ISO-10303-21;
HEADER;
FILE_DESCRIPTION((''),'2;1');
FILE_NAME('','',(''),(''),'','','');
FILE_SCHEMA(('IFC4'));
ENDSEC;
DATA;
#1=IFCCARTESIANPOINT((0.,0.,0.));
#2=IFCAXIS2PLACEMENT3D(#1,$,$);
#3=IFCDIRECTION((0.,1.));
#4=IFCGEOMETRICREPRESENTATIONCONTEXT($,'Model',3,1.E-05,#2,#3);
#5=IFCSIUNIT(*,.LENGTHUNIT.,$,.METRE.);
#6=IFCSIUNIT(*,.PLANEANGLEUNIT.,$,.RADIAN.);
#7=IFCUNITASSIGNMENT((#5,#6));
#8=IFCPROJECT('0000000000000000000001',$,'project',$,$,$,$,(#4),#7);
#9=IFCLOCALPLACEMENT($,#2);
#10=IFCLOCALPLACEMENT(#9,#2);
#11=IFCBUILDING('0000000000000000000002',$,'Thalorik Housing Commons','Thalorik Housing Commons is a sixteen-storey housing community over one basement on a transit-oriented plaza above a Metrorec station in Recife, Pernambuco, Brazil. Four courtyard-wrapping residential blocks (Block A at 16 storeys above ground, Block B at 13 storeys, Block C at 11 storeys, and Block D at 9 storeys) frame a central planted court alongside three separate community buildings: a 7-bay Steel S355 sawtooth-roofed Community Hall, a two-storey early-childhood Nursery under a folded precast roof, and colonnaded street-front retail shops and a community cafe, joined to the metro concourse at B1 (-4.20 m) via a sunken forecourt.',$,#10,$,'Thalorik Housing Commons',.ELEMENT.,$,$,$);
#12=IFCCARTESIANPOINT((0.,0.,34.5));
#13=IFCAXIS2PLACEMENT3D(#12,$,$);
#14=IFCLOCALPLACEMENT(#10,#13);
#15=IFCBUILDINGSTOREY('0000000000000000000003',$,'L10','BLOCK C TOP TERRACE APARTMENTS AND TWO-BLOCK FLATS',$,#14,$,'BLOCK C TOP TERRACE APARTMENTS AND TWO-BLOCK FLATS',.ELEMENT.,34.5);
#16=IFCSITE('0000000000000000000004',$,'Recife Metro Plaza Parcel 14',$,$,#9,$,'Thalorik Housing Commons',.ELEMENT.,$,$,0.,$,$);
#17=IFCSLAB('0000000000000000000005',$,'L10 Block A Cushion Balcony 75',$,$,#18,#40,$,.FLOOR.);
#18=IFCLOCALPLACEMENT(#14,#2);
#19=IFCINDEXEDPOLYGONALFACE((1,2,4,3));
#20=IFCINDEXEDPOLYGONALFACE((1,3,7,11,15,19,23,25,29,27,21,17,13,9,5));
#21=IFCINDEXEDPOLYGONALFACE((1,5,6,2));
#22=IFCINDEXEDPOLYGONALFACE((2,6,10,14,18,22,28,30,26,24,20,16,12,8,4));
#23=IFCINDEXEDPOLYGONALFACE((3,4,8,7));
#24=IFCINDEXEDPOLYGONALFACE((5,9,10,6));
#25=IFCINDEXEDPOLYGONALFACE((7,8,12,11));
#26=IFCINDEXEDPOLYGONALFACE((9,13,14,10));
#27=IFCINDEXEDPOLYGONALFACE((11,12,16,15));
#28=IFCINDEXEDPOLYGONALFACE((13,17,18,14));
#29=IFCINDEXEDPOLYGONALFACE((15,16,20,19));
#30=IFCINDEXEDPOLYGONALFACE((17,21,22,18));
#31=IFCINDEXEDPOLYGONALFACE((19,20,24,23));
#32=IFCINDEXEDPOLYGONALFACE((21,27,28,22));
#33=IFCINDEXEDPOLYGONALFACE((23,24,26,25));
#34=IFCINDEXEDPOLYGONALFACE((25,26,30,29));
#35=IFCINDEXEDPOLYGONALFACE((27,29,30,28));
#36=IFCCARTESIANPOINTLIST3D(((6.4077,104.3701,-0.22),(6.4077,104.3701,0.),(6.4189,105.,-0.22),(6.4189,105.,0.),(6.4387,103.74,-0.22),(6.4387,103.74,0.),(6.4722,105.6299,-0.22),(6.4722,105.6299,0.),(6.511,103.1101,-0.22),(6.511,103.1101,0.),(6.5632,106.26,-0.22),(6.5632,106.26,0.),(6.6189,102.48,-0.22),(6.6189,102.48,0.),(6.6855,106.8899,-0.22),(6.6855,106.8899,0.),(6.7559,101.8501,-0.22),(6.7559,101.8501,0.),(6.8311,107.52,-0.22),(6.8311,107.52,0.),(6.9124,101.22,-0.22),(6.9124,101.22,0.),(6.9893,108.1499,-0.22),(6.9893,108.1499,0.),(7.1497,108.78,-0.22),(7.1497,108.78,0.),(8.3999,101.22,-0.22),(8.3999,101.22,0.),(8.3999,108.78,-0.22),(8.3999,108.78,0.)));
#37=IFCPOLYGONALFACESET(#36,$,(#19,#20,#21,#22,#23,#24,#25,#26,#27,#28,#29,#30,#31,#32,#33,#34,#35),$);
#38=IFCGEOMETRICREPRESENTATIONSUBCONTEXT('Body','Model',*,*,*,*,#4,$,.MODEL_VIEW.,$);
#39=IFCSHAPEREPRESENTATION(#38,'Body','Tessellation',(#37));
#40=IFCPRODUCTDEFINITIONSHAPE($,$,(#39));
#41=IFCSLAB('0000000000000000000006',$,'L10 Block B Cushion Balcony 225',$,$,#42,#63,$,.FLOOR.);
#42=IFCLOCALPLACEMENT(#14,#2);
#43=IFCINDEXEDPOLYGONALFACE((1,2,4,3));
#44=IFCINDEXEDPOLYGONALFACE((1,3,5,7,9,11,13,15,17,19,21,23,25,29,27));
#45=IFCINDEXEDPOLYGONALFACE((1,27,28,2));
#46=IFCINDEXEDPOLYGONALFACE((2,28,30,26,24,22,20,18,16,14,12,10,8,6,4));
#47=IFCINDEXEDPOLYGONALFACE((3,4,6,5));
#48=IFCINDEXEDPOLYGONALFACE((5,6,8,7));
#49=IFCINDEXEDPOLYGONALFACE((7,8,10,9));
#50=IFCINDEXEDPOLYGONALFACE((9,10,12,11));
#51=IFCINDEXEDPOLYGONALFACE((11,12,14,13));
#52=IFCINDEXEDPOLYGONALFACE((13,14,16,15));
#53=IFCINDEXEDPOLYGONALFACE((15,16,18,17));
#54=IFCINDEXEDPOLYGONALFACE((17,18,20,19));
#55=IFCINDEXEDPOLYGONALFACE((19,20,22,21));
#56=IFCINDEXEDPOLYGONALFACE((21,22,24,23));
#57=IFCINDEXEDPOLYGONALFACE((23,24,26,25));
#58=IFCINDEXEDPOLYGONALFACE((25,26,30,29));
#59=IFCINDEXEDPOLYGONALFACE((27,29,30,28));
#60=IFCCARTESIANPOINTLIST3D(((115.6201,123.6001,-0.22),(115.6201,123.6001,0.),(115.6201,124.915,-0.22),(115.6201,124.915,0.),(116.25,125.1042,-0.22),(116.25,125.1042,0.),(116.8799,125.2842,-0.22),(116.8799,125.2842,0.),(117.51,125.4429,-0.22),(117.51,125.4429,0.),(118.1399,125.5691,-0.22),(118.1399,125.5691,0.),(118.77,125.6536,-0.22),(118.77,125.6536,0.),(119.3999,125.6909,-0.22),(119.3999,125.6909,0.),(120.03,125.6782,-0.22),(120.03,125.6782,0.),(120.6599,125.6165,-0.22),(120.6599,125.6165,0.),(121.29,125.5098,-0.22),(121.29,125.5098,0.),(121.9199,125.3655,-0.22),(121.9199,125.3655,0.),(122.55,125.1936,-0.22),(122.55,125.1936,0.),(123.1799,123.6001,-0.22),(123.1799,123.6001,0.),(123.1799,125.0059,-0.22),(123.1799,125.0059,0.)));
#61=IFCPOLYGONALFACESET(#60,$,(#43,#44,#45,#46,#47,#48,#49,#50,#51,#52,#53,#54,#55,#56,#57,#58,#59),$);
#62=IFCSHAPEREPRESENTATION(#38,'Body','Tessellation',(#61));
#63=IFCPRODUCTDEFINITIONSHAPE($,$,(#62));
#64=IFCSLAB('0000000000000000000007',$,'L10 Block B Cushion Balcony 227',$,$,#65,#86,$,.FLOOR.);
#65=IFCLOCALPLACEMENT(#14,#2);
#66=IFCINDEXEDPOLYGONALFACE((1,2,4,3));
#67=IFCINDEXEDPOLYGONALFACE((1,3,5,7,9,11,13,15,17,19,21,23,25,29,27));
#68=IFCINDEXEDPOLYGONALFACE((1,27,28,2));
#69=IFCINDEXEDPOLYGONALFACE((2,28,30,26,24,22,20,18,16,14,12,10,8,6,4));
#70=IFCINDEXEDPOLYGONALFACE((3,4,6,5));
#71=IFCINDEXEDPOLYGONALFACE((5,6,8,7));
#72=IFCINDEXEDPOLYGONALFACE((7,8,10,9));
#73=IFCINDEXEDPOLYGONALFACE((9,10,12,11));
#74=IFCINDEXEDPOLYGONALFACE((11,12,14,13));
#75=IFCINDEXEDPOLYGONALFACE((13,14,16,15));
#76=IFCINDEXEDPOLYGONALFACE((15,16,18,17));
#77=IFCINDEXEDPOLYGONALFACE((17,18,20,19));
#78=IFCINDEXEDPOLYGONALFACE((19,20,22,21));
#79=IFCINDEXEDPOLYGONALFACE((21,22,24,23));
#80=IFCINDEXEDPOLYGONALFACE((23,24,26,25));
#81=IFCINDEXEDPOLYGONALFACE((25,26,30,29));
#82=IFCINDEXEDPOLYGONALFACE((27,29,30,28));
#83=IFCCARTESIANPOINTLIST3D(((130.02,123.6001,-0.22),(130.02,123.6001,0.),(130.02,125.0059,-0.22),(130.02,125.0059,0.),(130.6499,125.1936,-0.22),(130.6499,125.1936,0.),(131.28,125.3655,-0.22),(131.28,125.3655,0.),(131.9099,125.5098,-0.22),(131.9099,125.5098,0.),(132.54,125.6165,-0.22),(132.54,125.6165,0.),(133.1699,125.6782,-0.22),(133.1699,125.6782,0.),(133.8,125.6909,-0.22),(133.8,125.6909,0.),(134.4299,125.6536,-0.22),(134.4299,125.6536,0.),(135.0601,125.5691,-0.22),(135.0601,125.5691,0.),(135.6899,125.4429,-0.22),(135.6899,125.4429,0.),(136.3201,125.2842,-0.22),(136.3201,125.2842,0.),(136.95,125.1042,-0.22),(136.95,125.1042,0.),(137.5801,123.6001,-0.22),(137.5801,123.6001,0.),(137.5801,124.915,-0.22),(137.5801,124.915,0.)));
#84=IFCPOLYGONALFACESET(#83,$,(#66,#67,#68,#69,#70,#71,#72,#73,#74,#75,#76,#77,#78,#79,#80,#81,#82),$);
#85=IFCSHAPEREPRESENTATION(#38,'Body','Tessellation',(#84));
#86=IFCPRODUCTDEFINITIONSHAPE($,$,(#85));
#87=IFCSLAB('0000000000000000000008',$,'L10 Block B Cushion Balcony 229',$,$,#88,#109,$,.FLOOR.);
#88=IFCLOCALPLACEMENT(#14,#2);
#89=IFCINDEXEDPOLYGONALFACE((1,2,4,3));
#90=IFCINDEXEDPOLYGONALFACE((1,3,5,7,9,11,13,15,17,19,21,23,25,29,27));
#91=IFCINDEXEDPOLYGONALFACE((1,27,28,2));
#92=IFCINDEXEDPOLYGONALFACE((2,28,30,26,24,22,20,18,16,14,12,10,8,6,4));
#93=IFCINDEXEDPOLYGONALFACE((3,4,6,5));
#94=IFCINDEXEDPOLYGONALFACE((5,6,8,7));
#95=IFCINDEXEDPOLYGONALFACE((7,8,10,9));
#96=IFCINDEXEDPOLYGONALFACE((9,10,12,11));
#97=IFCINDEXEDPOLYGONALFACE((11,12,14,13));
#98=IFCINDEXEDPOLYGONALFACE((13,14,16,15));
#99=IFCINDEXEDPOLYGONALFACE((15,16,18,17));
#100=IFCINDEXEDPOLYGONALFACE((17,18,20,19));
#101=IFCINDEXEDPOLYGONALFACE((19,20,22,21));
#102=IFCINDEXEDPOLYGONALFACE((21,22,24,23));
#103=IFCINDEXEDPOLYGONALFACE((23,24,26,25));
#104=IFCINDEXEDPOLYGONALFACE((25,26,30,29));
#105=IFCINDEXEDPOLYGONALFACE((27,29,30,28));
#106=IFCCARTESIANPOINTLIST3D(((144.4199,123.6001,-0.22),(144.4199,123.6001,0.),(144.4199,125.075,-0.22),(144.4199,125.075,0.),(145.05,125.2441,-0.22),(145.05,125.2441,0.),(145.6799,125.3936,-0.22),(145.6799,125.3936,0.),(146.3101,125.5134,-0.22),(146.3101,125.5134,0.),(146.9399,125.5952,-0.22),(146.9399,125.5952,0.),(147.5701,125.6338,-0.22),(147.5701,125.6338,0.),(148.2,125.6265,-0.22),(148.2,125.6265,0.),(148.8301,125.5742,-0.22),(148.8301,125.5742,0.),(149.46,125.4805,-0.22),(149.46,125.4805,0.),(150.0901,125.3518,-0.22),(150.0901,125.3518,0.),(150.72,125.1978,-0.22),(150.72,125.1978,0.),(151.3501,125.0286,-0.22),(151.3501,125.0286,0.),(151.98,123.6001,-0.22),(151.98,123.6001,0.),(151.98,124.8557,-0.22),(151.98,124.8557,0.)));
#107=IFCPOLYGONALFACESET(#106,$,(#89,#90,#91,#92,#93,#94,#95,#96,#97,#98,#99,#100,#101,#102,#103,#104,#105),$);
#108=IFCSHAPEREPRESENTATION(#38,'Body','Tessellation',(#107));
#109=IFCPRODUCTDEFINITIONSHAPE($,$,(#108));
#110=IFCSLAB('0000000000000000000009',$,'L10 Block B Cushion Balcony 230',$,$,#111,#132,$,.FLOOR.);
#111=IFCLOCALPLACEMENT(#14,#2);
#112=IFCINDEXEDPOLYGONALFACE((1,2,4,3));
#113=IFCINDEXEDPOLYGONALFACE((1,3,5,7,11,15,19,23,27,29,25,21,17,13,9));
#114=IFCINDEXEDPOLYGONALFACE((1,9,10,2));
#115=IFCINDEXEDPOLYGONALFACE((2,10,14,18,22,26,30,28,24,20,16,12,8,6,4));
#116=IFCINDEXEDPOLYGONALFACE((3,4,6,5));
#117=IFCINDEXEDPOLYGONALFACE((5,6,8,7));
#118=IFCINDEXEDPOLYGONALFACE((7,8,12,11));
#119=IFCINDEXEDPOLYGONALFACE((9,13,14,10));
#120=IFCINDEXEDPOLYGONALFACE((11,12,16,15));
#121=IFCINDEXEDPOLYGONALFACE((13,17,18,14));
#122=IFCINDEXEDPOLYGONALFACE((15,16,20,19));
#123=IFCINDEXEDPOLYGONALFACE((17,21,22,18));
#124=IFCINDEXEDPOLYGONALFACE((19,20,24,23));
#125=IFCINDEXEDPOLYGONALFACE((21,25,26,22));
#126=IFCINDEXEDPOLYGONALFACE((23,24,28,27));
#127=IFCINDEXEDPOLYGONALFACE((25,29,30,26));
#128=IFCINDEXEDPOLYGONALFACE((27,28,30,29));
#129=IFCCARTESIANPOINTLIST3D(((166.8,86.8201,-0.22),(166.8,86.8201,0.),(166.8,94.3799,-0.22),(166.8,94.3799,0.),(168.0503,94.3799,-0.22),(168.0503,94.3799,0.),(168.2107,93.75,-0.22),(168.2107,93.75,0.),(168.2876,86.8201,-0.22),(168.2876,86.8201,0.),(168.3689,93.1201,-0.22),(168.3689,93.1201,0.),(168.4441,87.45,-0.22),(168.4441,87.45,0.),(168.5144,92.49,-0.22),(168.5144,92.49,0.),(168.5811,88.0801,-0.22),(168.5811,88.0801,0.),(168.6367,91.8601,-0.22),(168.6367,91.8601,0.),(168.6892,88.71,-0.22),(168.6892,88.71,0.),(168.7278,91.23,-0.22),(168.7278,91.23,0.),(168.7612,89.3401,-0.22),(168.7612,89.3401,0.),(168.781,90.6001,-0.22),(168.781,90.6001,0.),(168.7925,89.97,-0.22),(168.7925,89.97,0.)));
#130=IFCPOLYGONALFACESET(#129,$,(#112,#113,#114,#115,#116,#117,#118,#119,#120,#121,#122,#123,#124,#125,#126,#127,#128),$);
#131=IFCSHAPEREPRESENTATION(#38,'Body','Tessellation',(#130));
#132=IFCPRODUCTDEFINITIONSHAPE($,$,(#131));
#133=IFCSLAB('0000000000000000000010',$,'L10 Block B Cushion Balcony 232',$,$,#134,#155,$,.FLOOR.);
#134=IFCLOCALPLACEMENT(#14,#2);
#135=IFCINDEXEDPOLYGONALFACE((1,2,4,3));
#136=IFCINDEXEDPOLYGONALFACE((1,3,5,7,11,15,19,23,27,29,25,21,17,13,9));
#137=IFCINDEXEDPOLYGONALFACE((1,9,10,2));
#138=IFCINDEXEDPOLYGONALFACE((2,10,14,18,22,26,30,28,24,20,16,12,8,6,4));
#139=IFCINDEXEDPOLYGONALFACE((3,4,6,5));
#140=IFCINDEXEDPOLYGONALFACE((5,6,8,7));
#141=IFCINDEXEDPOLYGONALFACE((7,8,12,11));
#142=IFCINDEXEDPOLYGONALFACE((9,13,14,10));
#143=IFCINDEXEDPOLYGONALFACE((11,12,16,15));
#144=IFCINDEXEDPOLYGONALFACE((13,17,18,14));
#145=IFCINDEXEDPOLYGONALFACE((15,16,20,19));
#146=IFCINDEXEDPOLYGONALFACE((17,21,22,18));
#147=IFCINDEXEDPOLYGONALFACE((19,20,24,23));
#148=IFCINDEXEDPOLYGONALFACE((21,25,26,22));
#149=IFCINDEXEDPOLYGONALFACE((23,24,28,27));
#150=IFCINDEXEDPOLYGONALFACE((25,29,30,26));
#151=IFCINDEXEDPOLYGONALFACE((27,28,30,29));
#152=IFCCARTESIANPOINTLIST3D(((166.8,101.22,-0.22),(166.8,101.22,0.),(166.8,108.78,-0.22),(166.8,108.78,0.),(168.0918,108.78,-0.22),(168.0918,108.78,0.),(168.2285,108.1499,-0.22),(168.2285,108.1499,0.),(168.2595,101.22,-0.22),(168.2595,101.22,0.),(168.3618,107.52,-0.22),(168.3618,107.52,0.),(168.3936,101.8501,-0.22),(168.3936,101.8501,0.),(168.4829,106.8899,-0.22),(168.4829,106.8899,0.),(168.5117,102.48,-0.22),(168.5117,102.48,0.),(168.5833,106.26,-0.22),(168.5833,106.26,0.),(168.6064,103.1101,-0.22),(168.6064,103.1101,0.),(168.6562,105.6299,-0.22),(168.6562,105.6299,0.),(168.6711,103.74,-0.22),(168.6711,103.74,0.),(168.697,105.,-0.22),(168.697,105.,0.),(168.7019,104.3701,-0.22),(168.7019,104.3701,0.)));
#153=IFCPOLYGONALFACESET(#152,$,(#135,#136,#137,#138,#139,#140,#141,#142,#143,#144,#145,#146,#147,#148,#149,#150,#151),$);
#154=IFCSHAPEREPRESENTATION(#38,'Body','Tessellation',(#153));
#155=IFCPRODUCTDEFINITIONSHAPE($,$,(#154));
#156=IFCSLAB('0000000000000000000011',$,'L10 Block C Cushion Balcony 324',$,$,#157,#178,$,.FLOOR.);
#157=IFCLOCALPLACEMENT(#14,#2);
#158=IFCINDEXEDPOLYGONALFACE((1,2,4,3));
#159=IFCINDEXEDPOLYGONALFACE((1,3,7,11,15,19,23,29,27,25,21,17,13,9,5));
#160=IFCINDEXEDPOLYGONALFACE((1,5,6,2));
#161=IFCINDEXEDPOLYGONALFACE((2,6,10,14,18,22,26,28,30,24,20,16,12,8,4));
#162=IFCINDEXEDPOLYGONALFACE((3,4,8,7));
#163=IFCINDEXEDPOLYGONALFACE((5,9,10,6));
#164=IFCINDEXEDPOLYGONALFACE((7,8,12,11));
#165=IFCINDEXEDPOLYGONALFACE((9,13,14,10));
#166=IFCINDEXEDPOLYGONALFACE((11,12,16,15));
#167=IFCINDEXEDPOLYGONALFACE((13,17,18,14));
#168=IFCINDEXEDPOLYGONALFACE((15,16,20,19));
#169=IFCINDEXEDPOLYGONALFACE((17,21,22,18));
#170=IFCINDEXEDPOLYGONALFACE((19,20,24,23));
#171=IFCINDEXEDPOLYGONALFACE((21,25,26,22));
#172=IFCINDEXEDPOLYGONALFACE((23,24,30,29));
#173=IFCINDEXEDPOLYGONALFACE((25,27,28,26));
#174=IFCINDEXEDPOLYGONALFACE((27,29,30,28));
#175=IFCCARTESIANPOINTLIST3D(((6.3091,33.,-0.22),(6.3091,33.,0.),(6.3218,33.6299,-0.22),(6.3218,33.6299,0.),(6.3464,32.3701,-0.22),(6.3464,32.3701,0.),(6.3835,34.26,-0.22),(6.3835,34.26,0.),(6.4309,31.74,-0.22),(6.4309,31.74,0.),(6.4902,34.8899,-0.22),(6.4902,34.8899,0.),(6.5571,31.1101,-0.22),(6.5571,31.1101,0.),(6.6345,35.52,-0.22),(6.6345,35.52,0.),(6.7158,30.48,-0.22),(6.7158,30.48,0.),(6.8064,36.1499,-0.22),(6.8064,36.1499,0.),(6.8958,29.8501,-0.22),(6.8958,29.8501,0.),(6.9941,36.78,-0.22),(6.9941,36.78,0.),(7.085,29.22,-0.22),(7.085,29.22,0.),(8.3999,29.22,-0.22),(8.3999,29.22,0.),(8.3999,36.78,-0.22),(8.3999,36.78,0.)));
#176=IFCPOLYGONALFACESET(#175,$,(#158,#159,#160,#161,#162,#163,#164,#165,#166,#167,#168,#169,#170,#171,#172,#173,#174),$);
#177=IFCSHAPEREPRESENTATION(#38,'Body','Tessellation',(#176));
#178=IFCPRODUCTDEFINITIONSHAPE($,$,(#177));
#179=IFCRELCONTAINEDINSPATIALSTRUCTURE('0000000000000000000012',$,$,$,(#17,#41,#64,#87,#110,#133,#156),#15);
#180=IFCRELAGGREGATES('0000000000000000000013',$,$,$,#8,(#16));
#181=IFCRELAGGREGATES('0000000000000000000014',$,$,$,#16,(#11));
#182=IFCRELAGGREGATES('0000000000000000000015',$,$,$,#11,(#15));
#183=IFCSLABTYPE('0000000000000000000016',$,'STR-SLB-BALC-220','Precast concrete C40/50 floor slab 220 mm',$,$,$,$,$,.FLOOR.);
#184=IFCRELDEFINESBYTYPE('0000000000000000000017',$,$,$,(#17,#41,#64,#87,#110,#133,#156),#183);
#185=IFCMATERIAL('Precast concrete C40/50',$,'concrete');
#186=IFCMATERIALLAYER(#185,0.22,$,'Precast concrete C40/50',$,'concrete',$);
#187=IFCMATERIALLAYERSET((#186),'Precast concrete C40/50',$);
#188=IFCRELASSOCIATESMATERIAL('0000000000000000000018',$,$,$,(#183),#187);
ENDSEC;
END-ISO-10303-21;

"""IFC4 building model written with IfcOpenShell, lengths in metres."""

from ifc_helpers import new_model, si_unit, direction, frame, origin, place, context, subcontext, project, spatial, polyline, outline, extrude, material, layer, layer_set, type_object, element, save


model = new_model("IFC4")

# Units and contexts
model_context = context("Model", 3, precision=1e-05, world=origin(), true_north=direction((0.0, 1.0)))
body_context = subcontext(model_context, "Body", "Model", "MODEL_VIEW")
ifc_project = project(units=[si_unit("LENGTHUNIT", "METRE"), si_unit("PLANEANGLEUNIT", "RADIAN")], contexts=[model_context])

# Site, building, storey
site_placement = place(None, origin())
site = spatial("IfcSite", under=ifc_project, at=site_placement, Name="Recife Metro Plaza Parcel 14", LongName="Thalorik Housing Commons", CompositionType="ELEMENT", RefElevation=0.0)
building_placement = place(site_placement, origin())
building = spatial("IfcBuilding", under=site, at=building_placement, Name="Thalorik Housing Commons", Description="Thalorik Housing Commons is a sixteen-storey housing community over one basement on a transit-oriented plaza above a Metrorec station in Recife, Pernambuco, Brazil. Four courtyard-wrapping residential blocks (Block A at 16 storeys above ground, Block B at 13 storeys, Block C at 11 storeys, and Block D at 9 storeys) frame a central planted court alongside three separate community buildings: a 7-bay Steel S355 sawtooth-roofed Community Hall, a two-storey early-childhood Nursery under a folded precast roof, and colonnaded street-front retail shops and a community cafe, joined to the metro concourse at B1 (-4.20 m) via a sunken forecourt.", LongName="Thalorik Housing Commons", CompositionType="ELEMENT")
storey_placement = place(building_placement, frame((0.0, 0.0, 34.5)))
storey = spatial("IfcBuildingStorey", under=building, at=storey_placement, Name="L10", Description="BLOCK C TOP TERRACE APARTMENTS AND TWO-BLOCK FLATS", LongName="BLOCK C TOP TERRACE APARTMENTS AND TWO-BLOCK FLATS", CompositionType="ELEMENT", Elevation=34.5)

# Slabs
ifc_material_1 = material(Name="Precast concrete C40/50", Category="concrete")
ifc_layer_1 = layer(ifc_material_1, 0.22, Name="Precast concrete C40/50", Category="concrete")
ifc_layer_set_1 = layer_set([ifc_layer_1], Name="Precast concrete C40/50")
slab_type_1 = type_object("IfcSlabType", Name="STR-SLB-BALC-220", Description="Precast concrete C40/50 floor slab 220 mm", PredefinedType="FLOOR", material=ifc_layer_set_1)
slab_1_placement = place(storey_placement, frame((0.0, 0.0, -0.22)))
element("IfcSlab", 1, at=slab_1_placement, inside=storey, type_object=slab_type_1, Name="L10 Block A Cushion Balcony 75", PredefinedType="FLOOR", context=body_context, shape_type="SweptSolid", body=[
    extrude(outline(polyline([(8.3999, 101.22), (8.3999, 108.78), (7.1497, 108.78), (6.9893, 108.1499), (6.8311, 107.52), (6.6855, 106.8899), (6.5632, 106.26), (6.4722, 105.6299), (6.4189, 105.0), (6.4077, 104.3701), (6.4387, 103.74), (6.511, 103.1101), (6.6189, 102.48), (6.7559, 101.8501), (6.9124, 101.22), (8.3999, 101.22)])), origin(), (0.0, 0.0, 1.0), 0.22),
])
slab_2_placement = place(storey_placement, frame((0.0, 0.0, -0.22)))
element("IfcSlab", 2, at=slab_2_placement, inside=storey, type_object=slab_type_1, Name="L10 Block B Cushion Balcony 225", PredefinedType="FLOOR", context=body_context, shape_type="SweptSolid", body=[
    extrude(outline(polyline([(115.6201, 123.6001), (123.1799, 123.6001), (123.1799, 125.0059), (122.55, 125.1936), (121.9199, 125.3655), (121.29, 125.5098), (120.6599, 125.6165), (120.03, 125.6782), (119.3999, 125.6909), (118.77, 125.6536), (118.1399, 125.5691), (117.51, 125.4429), (116.8799, 125.2842), (116.25, 125.1042), (115.6201, 124.915), (115.6201, 123.6001)])), origin(), (0.0, 0.0, 1.0), 0.22),
])
slab_3_placement = place(storey_placement, frame((0.0, 0.0, -0.22)))
element("IfcSlab", 3, at=slab_3_placement, inside=storey, type_object=slab_type_1, Name="L10 Block B Cushion Balcony 227", PredefinedType="FLOOR", context=body_context, shape_type="SweptSolid", body=[
    extrude(outline(polyline([(130.02, 123.6001), (137.5801, 123.6001), (137.5801, 124.915), (136.95, 125.1042), (136.3201, 125.2842), (135.6899, 125.4429), (135.0601, 125.5691), (134.4299, 125.6536), (133.8, 125.6909), (133.1699, 125.6782), (132.54, 125.6165), (131.9099, 125.5098), (131.28, 125.3655), (130.6499, 125.1936), (130.02, 125.0059), (130.02, 123.6001)])), origin(), (0.0, 0.0, 1.0), 0.22),
])
slab_4_placement = place(storey_placement, frame((0.0, 0.0, -0.22)))
element("IfcSlab", 4, at=slab_4_placement, inside=storey, type_object=slab_type_1, Name="L10 Block B Cushion Balcony 229", PredefinedType="FLOOR", context=body_context, shape_type="SweptSolid", body=[
    extrude(outline(polyline([(144.4199, 123.6001), (151.98, 123.6001), (151.98, 124.8557), (151.3501, 125.0286), (150.72, 125.1978), (150.0901, 125.3518), (149.46, 125.4805), (148.8301, 125.5742), (148.2, 125.6265), (147.5701, 125.6338), (146.9399, 125.5952), (146.3101, 125.5134), (145.6799, 125.3936), (145.05, 125.2441), (144.4199, 125.075), (144.4199, 123.6001)])), origin(), (0.0, 0.0, 1.0), 0.22),
])
slab_5_placement = place(storey_placement, frame((0.0, 0.0, -0.22)))
element("IfcSlab", 5, at=slab_5_placement, inside=storey, type_object=slab_type_1, Name="L10 Block B Cushion Balcony 230", PredefinedType="FLOOR", context=body_context, shape_type="SweptSolid", body=[
    extrude(outline(polyline([(168.2876, 86.8201), (168.4441, 87.45), (168.5811, 88.0801), (168.6892, 88.71), (168.7612, 89.3401), (168.7925, 89.97), (168.781, 90.6001), (168.7278, 91.23), (168.6367, 91.8601), (168.5144, 92.49), (168.3689, 93.1201), (168.2107, 93.75), (168.0503, 94.3799), (166.8, 94.3799), (166.8, 86.8201), (168.2876, 86.8201)])), origin(), (0.0, 0.0, 1.0), 0.22),
])
slab_6_placement = place(storey_placement, frame((0.0, 0.0, -0.22)))
element("IfcSlab", 6, at=slab_6_placement, inside=storey, type_object=slab_type_1, Name="L10 Block B Cushion Balcony 232", PredefinedType="FLOOR", context=body_context, shape_type="SweptSolid", body=[
    extrude(outline(polyline([(168.2595, 101.22), (168.3936, 101.8501), (168.5117, 102.48), (168.6064, 103.1101), (168.6711, 103.74), (168.7019, 104.3701), (168.697, 105.0), (168.6562, 105.6299), (168.5833, 106.26), (168.4829, 106.8899), (168.3618, 107.52), (168.2285, 108.1499), (168.0918, 108.78), (166.8, 108.78), (166.8, 101.22), (168.2595, 101.22)])), origin(), (0.0, 0.0, 1.0), 0.22),
])
slab_7_placement = place(storey_placement, frame((0.0, 0.0, -0.22)))
element("IfcSlab", 7, at=slab_7_placement, inside=storey, type_object=slab_type_1, Name="L10 Block C Cushion Balcony 324", PredefinedType="FLOOR", context=body_context, shape_type="SweptSolid", body=[
    extrude(outline(polyline([(8.3999, 29.22), (8.3999, 36.78), (6.9941, 36.78), (6.8064, 36.1499), (6.6345, 35.52), (6.4902, 34.8899), (6.3835, 34.26), (6.3218, 33.6299), (6.3091, 33.0), (6.3464, 32.3701), (6.4309, 31.74), (6.5571, 31.1101), (6.7158, 30.48), (6.8958, 29.8501), (7.085, 29.22), (8.3999, 29.22)])), origin(), (0.0, 0.0, 1.0), 0.22),
])

save(model, "model.ifc")
